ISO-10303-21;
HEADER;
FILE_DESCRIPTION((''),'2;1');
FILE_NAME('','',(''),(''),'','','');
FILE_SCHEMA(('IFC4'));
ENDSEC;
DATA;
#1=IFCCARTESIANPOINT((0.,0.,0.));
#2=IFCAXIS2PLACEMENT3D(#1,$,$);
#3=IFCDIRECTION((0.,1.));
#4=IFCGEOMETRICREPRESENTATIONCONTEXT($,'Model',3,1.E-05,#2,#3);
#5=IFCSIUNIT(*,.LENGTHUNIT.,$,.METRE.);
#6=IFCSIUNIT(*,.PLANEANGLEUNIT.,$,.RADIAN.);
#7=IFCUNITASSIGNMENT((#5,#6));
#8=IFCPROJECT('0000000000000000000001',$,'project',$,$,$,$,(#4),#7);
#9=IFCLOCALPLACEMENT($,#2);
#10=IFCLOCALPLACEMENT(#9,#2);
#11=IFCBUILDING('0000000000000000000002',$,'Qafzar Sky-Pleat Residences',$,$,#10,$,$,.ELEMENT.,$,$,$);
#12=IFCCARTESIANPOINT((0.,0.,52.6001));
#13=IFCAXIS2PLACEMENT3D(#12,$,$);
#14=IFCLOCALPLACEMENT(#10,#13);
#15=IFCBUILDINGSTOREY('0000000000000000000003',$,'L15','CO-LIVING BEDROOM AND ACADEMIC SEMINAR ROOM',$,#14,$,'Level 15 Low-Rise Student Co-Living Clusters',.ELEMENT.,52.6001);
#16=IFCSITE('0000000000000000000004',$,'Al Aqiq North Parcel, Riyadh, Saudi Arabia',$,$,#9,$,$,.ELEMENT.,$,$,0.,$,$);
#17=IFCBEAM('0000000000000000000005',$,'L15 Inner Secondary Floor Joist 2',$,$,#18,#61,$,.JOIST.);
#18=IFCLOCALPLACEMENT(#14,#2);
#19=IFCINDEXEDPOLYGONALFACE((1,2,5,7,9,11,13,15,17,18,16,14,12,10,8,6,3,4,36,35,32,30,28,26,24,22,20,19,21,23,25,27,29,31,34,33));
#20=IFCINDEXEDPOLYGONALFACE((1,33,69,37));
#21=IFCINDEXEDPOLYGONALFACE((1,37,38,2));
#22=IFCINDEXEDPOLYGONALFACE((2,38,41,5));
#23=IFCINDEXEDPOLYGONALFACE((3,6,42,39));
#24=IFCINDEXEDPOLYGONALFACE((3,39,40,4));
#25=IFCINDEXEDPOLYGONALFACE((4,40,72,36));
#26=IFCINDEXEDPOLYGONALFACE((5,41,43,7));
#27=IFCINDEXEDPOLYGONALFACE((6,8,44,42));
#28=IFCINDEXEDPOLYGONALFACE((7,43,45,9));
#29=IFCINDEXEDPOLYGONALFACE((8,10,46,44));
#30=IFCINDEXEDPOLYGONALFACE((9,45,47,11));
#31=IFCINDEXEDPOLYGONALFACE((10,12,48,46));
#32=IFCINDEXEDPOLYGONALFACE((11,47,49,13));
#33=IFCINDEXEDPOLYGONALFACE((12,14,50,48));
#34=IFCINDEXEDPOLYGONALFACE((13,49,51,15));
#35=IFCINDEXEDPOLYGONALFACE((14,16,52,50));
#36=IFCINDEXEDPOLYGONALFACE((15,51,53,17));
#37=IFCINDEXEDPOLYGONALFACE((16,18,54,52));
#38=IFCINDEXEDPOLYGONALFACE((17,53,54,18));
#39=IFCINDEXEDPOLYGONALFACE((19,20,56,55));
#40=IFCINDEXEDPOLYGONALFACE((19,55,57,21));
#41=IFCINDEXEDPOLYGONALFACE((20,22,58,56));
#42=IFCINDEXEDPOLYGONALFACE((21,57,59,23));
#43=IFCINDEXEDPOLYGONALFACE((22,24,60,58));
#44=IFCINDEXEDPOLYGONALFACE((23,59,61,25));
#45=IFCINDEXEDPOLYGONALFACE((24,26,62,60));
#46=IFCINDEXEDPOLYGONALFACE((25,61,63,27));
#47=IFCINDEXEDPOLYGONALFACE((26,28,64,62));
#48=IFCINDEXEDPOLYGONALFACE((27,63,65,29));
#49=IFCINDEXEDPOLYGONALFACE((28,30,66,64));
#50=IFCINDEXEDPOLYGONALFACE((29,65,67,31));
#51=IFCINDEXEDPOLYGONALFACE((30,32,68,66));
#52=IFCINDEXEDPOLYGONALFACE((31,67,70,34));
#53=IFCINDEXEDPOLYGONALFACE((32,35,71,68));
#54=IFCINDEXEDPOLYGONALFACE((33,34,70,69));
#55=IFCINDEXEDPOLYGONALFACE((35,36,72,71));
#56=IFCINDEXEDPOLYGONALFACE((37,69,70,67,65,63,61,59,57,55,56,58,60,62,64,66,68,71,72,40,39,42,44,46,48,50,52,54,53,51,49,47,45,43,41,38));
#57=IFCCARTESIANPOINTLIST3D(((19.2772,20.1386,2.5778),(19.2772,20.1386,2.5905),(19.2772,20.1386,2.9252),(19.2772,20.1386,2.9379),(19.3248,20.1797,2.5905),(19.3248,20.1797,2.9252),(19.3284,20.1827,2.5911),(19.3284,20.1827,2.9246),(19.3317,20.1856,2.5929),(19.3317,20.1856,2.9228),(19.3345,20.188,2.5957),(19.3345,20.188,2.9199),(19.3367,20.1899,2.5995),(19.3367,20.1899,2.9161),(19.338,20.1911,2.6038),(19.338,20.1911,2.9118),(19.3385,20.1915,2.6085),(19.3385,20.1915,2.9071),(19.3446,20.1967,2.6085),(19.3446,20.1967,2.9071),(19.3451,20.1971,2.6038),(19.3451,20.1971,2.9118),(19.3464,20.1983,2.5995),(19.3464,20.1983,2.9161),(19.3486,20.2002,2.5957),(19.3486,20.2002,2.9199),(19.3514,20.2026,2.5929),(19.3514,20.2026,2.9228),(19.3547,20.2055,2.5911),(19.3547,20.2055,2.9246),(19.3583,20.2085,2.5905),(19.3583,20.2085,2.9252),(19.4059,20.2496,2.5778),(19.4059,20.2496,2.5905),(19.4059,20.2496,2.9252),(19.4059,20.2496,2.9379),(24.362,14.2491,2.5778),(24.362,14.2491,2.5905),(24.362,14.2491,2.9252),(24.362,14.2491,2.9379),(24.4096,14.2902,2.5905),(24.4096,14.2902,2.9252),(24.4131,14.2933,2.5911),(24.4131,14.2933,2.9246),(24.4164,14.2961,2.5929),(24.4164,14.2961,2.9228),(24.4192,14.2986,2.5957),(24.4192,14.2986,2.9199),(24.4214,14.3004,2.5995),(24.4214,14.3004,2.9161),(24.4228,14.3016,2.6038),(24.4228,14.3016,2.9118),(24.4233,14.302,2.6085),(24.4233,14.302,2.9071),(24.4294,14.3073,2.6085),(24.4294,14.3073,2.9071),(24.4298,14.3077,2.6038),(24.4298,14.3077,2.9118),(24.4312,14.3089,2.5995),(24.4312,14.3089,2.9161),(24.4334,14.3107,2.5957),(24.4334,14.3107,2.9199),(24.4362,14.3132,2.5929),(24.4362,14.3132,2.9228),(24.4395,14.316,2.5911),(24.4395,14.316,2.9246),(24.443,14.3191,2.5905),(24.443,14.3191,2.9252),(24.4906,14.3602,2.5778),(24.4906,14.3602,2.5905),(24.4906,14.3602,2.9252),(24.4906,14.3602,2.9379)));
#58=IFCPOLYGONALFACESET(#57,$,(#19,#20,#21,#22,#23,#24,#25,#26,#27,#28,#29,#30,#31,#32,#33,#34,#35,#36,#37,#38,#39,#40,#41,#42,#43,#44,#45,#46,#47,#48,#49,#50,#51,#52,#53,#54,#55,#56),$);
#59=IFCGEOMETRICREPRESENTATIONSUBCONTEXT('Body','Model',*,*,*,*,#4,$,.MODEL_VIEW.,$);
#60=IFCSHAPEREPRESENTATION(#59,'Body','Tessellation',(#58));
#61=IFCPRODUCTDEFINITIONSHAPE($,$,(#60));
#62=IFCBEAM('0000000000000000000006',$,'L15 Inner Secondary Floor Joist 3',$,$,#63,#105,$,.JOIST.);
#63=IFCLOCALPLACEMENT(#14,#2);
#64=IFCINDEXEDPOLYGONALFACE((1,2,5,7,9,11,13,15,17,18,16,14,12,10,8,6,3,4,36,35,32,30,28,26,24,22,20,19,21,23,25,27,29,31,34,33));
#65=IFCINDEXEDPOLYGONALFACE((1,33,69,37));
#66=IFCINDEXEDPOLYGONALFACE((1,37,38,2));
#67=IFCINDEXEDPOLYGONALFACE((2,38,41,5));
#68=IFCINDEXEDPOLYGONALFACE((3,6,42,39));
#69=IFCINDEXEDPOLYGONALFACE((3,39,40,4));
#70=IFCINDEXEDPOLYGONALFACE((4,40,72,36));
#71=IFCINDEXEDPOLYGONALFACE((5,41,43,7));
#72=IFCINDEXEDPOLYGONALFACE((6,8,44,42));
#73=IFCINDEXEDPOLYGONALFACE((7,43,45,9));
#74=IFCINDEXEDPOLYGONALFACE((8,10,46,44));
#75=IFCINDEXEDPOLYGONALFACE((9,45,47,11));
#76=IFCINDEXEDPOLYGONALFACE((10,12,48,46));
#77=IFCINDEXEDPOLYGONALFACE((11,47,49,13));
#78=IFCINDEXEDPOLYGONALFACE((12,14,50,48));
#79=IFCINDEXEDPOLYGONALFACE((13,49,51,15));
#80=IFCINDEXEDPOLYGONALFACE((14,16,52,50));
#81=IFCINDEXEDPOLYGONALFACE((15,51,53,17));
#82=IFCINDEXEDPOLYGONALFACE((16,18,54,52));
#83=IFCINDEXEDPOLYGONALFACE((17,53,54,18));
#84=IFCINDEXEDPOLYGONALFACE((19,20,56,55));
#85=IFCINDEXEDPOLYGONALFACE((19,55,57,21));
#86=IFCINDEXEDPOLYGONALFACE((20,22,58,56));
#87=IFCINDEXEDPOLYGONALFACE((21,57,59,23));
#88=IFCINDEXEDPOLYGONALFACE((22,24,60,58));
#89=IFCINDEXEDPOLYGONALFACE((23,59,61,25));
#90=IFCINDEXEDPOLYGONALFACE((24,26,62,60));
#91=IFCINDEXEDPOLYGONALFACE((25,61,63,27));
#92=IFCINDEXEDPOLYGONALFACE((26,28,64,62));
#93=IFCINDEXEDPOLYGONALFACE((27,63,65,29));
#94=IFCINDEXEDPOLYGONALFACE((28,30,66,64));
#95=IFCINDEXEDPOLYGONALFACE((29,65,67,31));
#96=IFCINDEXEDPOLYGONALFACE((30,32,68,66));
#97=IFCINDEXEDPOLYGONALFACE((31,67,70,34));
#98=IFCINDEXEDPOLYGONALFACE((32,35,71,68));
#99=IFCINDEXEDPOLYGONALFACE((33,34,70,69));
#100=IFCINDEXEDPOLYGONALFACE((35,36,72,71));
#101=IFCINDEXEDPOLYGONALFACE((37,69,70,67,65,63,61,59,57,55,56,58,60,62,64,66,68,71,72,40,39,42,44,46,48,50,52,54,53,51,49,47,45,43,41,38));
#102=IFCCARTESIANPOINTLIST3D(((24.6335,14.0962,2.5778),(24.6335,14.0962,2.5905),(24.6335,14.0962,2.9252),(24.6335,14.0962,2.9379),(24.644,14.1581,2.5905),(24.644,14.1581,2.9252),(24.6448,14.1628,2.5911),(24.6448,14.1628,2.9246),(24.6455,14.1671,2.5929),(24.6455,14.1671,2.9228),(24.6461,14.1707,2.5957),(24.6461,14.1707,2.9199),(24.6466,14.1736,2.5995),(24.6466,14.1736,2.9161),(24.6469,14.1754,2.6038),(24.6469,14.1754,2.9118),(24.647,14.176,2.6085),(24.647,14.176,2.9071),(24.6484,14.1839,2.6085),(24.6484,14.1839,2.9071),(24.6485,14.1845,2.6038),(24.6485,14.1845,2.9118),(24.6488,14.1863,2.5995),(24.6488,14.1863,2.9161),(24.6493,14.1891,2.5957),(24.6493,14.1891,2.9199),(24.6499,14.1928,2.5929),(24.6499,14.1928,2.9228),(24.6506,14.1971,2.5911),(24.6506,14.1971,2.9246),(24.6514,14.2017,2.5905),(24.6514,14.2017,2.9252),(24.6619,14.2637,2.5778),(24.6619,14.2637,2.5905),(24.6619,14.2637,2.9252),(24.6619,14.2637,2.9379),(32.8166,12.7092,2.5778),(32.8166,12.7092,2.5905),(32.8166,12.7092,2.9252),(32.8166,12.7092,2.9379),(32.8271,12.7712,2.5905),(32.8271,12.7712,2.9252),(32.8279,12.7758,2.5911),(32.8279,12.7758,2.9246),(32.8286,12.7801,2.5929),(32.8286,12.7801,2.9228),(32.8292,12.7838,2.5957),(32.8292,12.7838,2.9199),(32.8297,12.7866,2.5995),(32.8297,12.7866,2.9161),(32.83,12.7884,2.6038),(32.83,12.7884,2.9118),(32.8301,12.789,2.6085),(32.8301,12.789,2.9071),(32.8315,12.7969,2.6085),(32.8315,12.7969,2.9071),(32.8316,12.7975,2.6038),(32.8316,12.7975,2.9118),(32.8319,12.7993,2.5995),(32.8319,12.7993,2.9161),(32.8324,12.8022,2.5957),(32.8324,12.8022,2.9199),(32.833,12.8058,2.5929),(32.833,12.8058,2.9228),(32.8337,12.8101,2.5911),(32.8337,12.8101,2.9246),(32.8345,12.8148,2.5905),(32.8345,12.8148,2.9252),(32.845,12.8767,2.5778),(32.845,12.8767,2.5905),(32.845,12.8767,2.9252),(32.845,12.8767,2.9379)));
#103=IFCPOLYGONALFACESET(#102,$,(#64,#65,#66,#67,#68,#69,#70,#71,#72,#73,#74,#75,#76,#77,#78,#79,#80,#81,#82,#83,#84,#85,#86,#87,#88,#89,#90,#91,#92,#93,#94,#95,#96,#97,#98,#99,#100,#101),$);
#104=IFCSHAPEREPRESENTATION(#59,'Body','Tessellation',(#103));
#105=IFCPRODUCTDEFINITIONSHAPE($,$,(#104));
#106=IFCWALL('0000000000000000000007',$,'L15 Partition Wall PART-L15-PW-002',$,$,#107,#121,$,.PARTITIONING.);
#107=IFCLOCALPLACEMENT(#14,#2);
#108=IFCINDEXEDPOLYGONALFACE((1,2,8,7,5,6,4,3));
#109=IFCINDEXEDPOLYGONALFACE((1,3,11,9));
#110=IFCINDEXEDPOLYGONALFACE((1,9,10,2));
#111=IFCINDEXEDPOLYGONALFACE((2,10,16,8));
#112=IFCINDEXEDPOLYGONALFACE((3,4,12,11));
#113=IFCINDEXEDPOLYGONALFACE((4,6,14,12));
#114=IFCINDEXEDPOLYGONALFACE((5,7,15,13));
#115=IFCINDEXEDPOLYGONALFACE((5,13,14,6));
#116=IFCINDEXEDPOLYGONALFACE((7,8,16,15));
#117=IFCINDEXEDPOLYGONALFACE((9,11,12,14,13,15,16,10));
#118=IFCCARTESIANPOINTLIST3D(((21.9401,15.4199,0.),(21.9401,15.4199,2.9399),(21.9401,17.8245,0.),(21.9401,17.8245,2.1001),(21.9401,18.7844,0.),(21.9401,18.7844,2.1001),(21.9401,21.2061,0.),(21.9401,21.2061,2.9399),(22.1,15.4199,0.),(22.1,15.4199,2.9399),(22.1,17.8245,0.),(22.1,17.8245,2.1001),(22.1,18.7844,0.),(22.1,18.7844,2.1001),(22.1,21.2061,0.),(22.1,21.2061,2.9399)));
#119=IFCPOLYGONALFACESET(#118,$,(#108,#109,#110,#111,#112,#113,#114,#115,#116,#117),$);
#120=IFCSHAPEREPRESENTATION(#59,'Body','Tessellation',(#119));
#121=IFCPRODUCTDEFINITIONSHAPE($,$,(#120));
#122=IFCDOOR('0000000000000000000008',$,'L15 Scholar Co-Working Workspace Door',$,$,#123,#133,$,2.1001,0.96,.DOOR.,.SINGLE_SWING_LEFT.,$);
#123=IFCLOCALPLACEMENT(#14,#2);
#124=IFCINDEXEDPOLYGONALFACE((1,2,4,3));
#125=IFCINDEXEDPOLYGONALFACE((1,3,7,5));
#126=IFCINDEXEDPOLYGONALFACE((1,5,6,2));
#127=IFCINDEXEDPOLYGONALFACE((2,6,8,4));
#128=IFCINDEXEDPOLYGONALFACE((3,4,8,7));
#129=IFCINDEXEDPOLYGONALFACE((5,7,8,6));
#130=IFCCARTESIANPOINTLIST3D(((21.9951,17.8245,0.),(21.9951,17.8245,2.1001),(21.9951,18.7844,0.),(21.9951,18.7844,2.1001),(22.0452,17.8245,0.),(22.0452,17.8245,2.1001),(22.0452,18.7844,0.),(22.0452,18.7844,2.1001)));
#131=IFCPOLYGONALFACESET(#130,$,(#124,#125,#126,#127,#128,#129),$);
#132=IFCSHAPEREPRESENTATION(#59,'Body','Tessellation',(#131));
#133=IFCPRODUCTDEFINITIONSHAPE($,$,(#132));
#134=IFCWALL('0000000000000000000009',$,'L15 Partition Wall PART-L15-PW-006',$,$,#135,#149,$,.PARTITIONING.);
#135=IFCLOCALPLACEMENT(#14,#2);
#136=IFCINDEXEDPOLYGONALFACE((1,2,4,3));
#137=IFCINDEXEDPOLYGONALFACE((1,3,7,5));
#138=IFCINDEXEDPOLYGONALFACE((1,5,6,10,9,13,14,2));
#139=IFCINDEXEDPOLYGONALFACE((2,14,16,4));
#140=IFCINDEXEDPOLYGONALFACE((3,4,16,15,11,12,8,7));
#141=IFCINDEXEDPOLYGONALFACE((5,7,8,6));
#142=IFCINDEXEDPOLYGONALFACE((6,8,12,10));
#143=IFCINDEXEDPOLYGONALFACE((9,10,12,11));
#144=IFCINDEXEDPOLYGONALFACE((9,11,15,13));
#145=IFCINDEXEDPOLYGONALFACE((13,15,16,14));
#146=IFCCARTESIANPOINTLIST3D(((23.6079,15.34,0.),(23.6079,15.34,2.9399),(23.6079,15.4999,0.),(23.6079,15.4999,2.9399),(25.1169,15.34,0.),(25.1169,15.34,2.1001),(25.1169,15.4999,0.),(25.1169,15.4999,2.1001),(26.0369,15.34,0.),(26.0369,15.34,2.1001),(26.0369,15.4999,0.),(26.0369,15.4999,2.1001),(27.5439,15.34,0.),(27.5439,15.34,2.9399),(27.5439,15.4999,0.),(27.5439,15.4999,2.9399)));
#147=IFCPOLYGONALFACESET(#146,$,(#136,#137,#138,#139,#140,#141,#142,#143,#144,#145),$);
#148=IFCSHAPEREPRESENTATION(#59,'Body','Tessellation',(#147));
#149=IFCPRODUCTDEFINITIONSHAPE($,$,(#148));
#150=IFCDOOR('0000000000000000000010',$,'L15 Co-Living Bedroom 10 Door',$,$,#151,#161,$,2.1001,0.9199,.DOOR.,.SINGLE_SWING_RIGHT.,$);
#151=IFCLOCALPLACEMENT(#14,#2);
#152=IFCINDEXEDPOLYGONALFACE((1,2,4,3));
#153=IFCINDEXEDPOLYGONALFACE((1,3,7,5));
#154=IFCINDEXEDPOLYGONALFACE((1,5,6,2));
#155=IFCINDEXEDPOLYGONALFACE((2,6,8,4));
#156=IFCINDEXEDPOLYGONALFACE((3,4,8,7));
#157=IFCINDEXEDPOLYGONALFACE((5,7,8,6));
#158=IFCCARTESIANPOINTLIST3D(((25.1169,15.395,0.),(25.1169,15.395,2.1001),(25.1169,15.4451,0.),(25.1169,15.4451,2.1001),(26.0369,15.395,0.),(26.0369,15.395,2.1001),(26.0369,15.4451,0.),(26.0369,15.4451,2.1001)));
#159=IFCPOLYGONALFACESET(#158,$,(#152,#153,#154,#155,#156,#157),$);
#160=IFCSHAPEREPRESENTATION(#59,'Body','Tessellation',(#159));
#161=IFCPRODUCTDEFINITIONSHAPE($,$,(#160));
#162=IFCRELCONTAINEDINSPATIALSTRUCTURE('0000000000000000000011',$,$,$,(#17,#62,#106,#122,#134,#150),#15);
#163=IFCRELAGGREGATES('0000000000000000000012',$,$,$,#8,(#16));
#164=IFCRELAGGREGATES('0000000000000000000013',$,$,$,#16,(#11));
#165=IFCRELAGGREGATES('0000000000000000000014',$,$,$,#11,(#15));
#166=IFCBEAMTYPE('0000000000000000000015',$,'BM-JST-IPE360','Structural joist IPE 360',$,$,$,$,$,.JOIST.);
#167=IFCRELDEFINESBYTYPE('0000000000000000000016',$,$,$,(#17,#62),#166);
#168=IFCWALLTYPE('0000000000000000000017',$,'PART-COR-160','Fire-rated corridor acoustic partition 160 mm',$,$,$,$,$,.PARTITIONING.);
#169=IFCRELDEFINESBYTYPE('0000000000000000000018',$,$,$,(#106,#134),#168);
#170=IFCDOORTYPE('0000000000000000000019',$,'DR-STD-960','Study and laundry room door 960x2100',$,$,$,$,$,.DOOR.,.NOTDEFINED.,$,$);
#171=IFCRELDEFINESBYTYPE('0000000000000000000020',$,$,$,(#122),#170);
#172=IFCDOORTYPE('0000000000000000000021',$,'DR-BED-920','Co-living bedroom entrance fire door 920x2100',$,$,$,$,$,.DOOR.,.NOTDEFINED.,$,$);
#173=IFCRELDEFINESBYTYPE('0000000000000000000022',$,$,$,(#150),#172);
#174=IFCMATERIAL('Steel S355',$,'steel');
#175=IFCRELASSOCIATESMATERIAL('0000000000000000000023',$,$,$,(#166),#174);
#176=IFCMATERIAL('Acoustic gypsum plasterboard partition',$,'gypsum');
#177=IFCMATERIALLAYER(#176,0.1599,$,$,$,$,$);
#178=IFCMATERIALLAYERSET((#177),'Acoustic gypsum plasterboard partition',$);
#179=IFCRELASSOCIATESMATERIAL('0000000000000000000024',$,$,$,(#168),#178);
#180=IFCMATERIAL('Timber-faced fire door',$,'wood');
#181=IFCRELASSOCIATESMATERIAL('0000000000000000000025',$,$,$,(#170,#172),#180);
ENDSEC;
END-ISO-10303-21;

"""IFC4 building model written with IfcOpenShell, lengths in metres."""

from ifc_helpers import new_model, si_unit, direction, frame, frame_2d, origin, origin_2d, place, context, subcontext, project, spatial, rectangle, i_section, extrude, source, transform, mapped, material, layer, layer_set, material_profile, profile_set, type_object, element, fill, save


model = new_model("IFC4")

# Units and contexts
model_context = context("Model", 3, precision=1e-05, world=origin(), true_north=direction((0.0, 1.0)))
body_context = subcontext(model_context, "Body", "Model", "MODEL_VIEW")
ifc_project = project(units=[si_unit("LENGTHUNIT", "METRE"), si_unit("PLANEANGLEUNIT", "RADIAN")], contexts=[model_context])

# Site, building, storey
site_placement = place(None, origin())
site = spatial("IfcSite", under=ifc_project, at=site_placement, Name="Al Aqiq North Parcel, Riyadh, Saudi Arabia", CompositionType="ELEMENT", RefElevation=0.0)
building_placement = place(site_placement, origin())
building = spatial("IfcBuilding", under=site, at=building_placement, Name="Qafzar Sky-Pleat Residences", CompositionType="ELEMENT")
storey_placement = place(building_placement, frame((0.0, 0.0, 52.6001)))
storey = spatial("IfcBuildingStorey", under=building, at=storey_placement, Name="L15", Description="CO-LIVING BEDROOM AND ACADEMIC SEMINAR ROOM", LongName="Level 15 Low-Rise Student Co-Living Clusters", CompositionType="ELEMENT", Elevation=52.6001)

# Beams
ifc_material_1 = material(Name="Steel S355", Category="steel")
ifc_material_profile = material_profile(ifc_material_1, i_section(OverallWidth=0.1699, OverallDepth=0.3601, WebThickness=0.0081, FlangeThickness=0.0127, FilletRadius=0.0181, at=origin_2d()), Name="IPE 360")
ifc_profile_set = profile_set([ifc_material_profile], Name="Steel S355")
beam_type = type_object("IfcBeamType", Name="BM-JST-IPE360", Description="Structural joist IPE 360", PredefinedType="JOIST", material=ifc_profile_set)
shared_shape_1 = source(origin(), body_context, "Body", "SweptSolid", [
    extrude(i_section(OverallWidth=0.1699, OverallDepth=0.3601, WebThickness=0.0081, FlangeThickness=0.0127, FilletRadius=0.0181, at=origin_2d()), origin(), (0.0, 0.0, 1.0), 7.7808),
])
beam_1_placement = place(storey_placement, frame((19.3416, 20.1941, 2.7578), z_axis=(0.653503, -0.756924, 0.0), x_axis=(0.756924, 0.653503, 0.0)))
element("IfcBeam", 1, at=beam_1_placement, inside=storey, type_object=beam_type, Name="L15 Inner Secondary Floor Joist 2", PredefinedType="JOIST", context=body_context, shape_type="MappedRepresentation", body=[
    mapped(shared_shape_1, transform((0.0, 0.0, 0.0), x_axis=(1.0, 0.0, 0.0), y_axis=(0.0, 1.0, 0.0), z_axis=(0.0, 0.0, 1.0), scale=1.0)),
])
shared_shape_2 = source(origin(), body_context, "Body", "SweptSolid", [
    extrude(i_section(OverallWidth=0.1699, OverallDepth=0.3601, WebThickness=0.0081, FlangeThickness=0.0127, FilletRadius=0.0181, at=origin_2d()), origin(), (0.0, 0.0, 1.0), 8.2998),
])
beam_2_placement = place(storey_placement, frame((24.6477, 14.1799, 2.7578), z_axis=(0.985939, -0.167108, 0.0), x_axis=(0.167108, 0.985939, 0.0)))
element("IfcBeam", 2, at=beam_2_placement, inside=storey, type_object=beam_type, Name="L15 Inner Secondary Floor Joist 3", PredefinedType="JOIST", context=body_context, shape_type="MappedRepresentation", body=[
    mapped(shared_shape_2, transform((0.0, 0.0, 0.0), x_axis=(1.0, 0.0, 0.0), y_axis=(0.0, 1.0, 0.0), z_axis=(0.0, 0.0, 1.0), scale=1.0)),
])

# Walls, openings, doors
ifc_material_2 = material(Name="Acoustic gypsum plasterboard partition", Category="gypsum")
ifc_layer_1 = layer(ifc_material_2, 0.1599)
ifc_layer_set_1 = layer_set([ifc_layer_1], Name="Acoustic gypsum plasterboard partition")
wall_type_1 = type_object("IfcWallType", Name="PART-COR-160", Description="Fire-rated corridor acoustic partition 160 mm", PredefinedType="PARTITIONING", material=ifc_layer_set_1)
wall_1_placement = place(storey_placement, frame((22.02, 15.4199, 0.0), z_axis=(0.0, 0.0, 1.0), x_axis=(0.0, 1.0, 0.0)))
wall_1 = element("IfcWall", 3, at=wall_1_placement, inside=storey, type_object=wall_type_1, Name="L15 Partition Wall PART-L15-PW-002", PredefinedType="PARTITIONING", context=body_context, shape_type="SweptSolid", body=[
    extrude(rectangle(XDim=5.7861, YDim=0.1599, at=frame_2d((2.8931, 0.0))), origin(), (0.0, 0.0, 1.0), 2.9399),
])
opening_1_placement = place(wall_1_placement, frame((2.4045, 0.0, 0.0)))
opening_1 = element("IfcOpeningElement", 4, at=opening_1_placement, cuts=wall_1, PredefinedType="OPENING", context=body_context, shape_type="SweptSolid", body=[
    extrude(rectangle(XDim=0.96, YDim=2.1001, at=frame_2d((0.48, 1.05))), frame((0.0, 0.0898, 0.0), z_axis=(0.0, -1.0, 0.0), x_axis=(1.0, 0.0, 0.0)), (0.0, 0.0, 1.0), 0.1799),
])
ifc_material_3 = material(Name="Timber-faced fire door", Category="wood")
door_type_1 = type_object("IfcDoorType", Name="DR-STD-960", Description="Study and laundry room door 960x2100", OperationType="NOTDEFINED", PredefinedType="DOOR", material=ifc_material_3)
shared_shape_3 = source(origin(), body_context, "Body", "SweptSolid", [
    extrude(rectangle(XDim=0.96, YDim=2.1001, at=frame_2d((0.48, 1.05))), frame((0.0, 0.0249, 0.0), z_axis=(0.0, -1.0, 0.0), x_axis=(1.0, 0.0, 0.0)), (0.0, 0.0, 1.0), 0.05),
])
door_1_placement = place(opening_1_placement, origin())
door_1 = element("IfcDoor", 5, at=door_1_placement, inside=storey, type_object=door_type_1, Name="L15 Scholar Co-Working Workspace Door", OperationType="SINGLE_SWING_LEFT", OverallHeight=2.1001, OverallWidth=0.96, PredefinedType="DOOR", context=body_context, shape_type="MappedRepresentation", body=[
    mapped(shared_shape_3, transform((0.0, 0.0, 0.0), x_axis=(1.0, 0.0, 0.0), y_axis=(0.0, 1.0, 0.0), z_axis=(0.0, 0.0, 1.0), scale=1.0)),
])
fill(opening_1, door_1)
wall_2_placement = place(storey_placement, frame((27.5439, 15.4199, 0.0), z_axis=(0.0, 0.0, 1.0), x_axis=(-1.0, 0.0, 0.0)))
wall_2 = element("IfcWall", 6, at=wall_2_placement, inside=storey, type_object=wall_type_1, Name="L15 Partition Wall PART-L15-PW-006", PredefinedType="PARTITIONING", context=body_context, shape_type="SweptSolid", body=[
    extrude(rectangle(XDim=3.936, YDim=0.1599, at=frame_2d((1.968, 0.0))), origin(), (0.0, 0.0, 1.0), 2.9399),
])
opening_2_placement = place(wall_2_placement, frame((1.5071, 0.0, 0.0)))
opening_2 = element("IfcOpeningElement", 7, at=opening_2_placement, cuts=wall_2, PredefinedType="OPENING", context=body_context, shape_type="SweptSolid", body=[
    extrude(rectangle(XDim=0.9199, YDim=2.1001, at=frame_2d((0.46, 1.05))), frame((0.0, 0.0898, 0.0), z_axis=(0.0, -1.0, 0.0), x_axis=(1.0, 0.0, 0.0)), (0.0, 0.0, 1.0), 0.1799),
])
door_type_2 = type_object("IfcDoorType", Name="DR-BED-920", Description="Co-living bedroom entrance fire door 920x2100", OperationType="NOTDEFINED", PredefinedType="DOOR", material=ifc_material_3)
shared_shape_4 = source(origin(), body_context, "Body", "SweptSolid", [
    extrude(rectangle(XDim=0.9199, YDim=2.1001, at=frame_2d((0.46, 1.05))), frame((0.0, 0.0249, 0.0), z_axis=(0.0, -1.0, 0.0), x_axis=(1.0, 0.0, 0.0)), (0.0, 0.0, 1.0), 0.05),
])
door_2_placement = place(opening_2_placement, origin())
door_2 = element("IfcDoor", 8, at=door_2_placement, inside=storey, type_object=door_type_2, Name="L15 Co-Living Bedroom 10 Door", OperationType="SINGLE_SWING_RIGHT", OverallHeight=2.1001, OverallWidth=0.9199, PredefinedType="DOOR", context=body_context, shape_type="MappedRepresentation", body=[
    mapped(shared_shape_4, transform((0.0, 0.0, 0.0), x_axis=(1.0, 0.0, 0.0), y_axis=(0.0, 1.0, 0.0), z_axis=(0.0, 0.0, 1.0), scale=1.0)),
])
fill(opening_2, door_2)

save(model, "model.ifc")
